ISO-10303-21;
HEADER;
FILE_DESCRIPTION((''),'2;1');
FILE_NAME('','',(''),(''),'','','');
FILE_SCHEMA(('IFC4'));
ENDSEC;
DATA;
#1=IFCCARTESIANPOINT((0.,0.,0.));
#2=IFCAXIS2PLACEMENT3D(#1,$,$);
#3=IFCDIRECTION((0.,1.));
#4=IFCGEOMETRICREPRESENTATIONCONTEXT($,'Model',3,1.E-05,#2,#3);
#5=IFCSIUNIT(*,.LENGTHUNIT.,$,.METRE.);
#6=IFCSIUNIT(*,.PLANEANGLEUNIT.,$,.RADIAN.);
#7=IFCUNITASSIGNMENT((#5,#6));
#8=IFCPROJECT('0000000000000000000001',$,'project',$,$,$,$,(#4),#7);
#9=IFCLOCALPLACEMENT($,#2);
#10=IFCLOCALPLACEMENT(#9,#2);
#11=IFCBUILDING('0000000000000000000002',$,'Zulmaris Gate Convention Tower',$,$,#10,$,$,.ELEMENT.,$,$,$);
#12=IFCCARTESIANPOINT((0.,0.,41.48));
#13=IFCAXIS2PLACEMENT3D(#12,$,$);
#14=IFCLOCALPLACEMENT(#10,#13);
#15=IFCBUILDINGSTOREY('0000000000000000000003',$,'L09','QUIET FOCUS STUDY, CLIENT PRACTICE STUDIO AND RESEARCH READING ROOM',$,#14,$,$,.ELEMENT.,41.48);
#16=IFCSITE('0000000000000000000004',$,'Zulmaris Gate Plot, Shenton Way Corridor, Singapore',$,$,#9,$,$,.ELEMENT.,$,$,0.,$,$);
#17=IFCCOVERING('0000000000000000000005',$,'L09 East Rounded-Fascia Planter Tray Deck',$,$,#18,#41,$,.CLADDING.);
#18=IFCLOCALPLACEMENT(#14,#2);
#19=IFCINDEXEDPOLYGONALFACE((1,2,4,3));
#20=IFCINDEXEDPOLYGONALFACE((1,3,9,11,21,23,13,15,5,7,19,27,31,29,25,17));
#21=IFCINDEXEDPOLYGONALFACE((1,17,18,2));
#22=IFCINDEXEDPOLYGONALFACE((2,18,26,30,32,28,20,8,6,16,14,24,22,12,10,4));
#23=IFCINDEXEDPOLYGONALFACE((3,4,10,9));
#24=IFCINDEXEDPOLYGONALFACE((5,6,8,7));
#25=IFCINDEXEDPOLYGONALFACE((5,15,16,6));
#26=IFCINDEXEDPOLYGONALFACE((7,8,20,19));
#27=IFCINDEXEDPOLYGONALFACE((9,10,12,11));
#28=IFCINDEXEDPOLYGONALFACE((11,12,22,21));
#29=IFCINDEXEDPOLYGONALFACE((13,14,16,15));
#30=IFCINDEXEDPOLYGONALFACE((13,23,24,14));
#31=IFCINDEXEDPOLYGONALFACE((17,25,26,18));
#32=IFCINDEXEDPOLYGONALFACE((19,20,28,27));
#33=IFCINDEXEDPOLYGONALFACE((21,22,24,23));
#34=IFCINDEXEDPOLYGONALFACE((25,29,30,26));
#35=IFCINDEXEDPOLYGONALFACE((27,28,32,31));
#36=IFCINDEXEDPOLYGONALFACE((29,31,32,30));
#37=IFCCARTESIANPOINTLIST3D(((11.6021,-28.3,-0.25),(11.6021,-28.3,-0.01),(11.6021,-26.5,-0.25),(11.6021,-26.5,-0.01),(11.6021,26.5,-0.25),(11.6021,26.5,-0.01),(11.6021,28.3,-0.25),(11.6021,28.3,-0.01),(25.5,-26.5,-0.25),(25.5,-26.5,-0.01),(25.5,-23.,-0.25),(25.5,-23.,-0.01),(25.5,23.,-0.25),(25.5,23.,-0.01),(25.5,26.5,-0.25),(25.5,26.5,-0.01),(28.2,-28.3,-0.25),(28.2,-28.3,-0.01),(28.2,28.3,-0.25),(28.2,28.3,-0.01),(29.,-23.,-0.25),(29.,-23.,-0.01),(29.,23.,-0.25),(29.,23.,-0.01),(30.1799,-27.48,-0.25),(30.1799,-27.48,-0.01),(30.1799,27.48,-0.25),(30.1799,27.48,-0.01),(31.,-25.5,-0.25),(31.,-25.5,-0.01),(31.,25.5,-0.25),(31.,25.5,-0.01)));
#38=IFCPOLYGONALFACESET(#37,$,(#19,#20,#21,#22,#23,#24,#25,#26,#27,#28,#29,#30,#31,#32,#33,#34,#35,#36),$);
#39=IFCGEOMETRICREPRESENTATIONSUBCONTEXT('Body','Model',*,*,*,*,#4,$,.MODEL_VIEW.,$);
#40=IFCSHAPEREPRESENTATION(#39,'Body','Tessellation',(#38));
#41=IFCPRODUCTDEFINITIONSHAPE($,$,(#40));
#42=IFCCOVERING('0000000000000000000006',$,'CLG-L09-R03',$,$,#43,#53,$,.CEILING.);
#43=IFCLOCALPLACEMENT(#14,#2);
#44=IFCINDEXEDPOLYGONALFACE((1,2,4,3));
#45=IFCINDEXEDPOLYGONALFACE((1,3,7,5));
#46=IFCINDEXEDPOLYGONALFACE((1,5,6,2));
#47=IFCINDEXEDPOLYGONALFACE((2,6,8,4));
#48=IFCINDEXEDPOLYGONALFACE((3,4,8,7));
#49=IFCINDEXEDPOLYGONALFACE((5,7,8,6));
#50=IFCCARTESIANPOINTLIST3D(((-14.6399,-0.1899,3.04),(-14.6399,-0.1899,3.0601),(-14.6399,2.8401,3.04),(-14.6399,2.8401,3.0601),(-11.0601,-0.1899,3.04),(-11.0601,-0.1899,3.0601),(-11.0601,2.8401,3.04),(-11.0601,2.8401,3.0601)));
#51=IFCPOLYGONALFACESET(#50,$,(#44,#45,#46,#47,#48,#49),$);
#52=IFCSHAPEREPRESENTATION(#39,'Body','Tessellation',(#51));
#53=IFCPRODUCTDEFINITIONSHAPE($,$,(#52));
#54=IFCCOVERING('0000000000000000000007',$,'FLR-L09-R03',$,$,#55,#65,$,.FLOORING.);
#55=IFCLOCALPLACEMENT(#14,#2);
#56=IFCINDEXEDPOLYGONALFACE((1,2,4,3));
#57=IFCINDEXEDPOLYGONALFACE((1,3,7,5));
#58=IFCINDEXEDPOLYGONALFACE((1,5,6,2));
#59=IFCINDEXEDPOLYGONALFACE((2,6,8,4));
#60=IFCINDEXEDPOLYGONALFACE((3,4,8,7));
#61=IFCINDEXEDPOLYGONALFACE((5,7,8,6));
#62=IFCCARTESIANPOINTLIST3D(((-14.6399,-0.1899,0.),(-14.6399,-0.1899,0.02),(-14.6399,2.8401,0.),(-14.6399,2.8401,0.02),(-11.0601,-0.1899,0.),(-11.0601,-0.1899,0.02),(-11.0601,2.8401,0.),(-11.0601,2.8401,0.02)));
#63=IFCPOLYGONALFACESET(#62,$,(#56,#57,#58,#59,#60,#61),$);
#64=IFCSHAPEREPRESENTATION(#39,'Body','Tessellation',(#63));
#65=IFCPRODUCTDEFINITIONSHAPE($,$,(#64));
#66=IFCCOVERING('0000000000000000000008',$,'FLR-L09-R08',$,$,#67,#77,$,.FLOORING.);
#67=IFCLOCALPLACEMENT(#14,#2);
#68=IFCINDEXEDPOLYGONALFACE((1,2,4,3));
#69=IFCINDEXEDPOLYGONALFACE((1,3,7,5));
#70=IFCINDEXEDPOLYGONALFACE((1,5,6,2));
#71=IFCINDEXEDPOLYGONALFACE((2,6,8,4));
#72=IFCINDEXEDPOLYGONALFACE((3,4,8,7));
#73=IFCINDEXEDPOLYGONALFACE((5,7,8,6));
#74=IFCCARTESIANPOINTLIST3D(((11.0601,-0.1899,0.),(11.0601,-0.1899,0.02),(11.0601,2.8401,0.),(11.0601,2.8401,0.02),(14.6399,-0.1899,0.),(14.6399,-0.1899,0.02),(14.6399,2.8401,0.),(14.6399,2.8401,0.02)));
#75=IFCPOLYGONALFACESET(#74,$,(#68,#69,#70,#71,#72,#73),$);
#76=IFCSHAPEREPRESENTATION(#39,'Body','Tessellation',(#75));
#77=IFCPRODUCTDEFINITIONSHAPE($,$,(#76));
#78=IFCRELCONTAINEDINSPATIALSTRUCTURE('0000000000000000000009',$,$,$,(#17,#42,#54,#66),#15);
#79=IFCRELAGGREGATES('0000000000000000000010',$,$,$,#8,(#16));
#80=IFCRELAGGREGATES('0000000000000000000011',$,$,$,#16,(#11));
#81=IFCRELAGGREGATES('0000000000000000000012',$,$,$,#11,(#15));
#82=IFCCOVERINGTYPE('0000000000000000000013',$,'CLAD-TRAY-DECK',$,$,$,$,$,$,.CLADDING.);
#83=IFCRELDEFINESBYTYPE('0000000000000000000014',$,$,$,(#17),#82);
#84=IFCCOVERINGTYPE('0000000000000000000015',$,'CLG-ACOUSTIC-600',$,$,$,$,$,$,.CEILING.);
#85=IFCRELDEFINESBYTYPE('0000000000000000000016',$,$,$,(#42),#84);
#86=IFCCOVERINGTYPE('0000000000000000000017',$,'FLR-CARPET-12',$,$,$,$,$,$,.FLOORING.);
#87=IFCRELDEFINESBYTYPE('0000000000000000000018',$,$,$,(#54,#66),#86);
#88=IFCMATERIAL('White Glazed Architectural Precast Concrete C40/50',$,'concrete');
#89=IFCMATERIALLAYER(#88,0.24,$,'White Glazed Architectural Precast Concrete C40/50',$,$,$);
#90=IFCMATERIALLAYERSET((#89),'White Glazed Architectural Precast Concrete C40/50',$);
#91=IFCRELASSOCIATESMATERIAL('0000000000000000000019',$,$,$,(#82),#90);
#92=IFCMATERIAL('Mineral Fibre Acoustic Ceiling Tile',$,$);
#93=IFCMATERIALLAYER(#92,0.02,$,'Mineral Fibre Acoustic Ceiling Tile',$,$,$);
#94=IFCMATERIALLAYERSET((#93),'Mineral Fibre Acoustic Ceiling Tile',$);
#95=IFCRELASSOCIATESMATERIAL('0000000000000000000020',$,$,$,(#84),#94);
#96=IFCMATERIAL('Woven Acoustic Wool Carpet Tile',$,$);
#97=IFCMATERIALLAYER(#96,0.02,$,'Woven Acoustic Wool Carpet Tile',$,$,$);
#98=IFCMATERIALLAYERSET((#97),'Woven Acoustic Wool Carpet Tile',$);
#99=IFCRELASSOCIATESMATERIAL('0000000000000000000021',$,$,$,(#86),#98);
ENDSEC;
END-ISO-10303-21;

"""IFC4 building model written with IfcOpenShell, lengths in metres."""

from ifc_helpers import new_model, si_unit, direction, frame, origin, place, context, subcontext, project, spatial, polyline, outline, extrude, material, layer, layer_set, type_object, element, save


model = new_model("IFC4")

# Units and contexts
model_context = context("Model", 3, precision=1e-05, world=origin(), true_north=direction((0.0, 1.0)))
body_context = subcontext(model_context, "Body", "Model", "MODEL_VIEW")
ifc_project = project(units=[si_unit("LENGTHUNIT", "METRE"), si_unit("PLANEANGLEUNIT", "RADIAN")], contexts=[model_context])

# Site, building, storey
site_placement = place(None, origin())
site = spatial("IfcSite", under=ifc_project, at=site_placement, Name="Zulmaris Gate Plot, Shenton Way Corridor, Singapore", CompositionType="ELEMENT", RefElevation=0.0)
building_placement = place(site_placement, origin())
building = spatial("IfcBuilding", under=site, at=building_placement, Name="Zulmaris Gate Convention Tower", CompositionType="ELEMENT")
storey_placement = place(building_placement, frame((0.0, 0.0, 41.48)))
storey = spatial("IfcBuildingStorey", under=building, at=storey_placement, Name="L09", Description="QUIET FOCUS STUDY, CLIENT PRACTICE STUDIO AND RESEARCH READING ROOM", CompositionType="ELEMENT", Elevation=41.48)

# Coverings
ifc_material_1 = material(Name="White Glazed Architectural Precast Concrete C40/50", Category="concrete")
ifc_layer_1 = layer(ifc_material_1, 0.24, Name="White Glazed Architectural Precast Concrete C40/50")
ifc_layer_set_1 = layer_set([ifc_layer_1], Name="White Glazed Architectural Precast Concrete C40/50")
covering_type_1 = type_object("IfcCoveringType", Name="CLAD-TRAY-DECK", PredefinedType="CLADDING", material=ifc_layer_set_1)
covering_1_placement = place(storey_placement, frame((0.0, 0.0, -0.25)))
element("IfcCovering", 1, at=covering_1_placement, inside=storey, type_object=covering_type_1, Name="L09 East Rounded-Fascia Planter Tray Deck", PredefinedType="CLADDING", context=body_context, shape_type="SweptSolid", body=[
    extrude(outline(polyline([(28.2, 28.3), (30.1799, 27.48), (31.0, 25.5), (31.0, -25.5), (30.1799, -27.48), (28.2, -28.3), (11.6021, -28.3), (11.6021, -26.5), (25.5, -26.5), (25.5, -23.0), (29.0, -23.0), (29.0, 23.0), (25.5, 23.0), (25.5, 26.5), (11.6021, 26.5), (11.6021, 28.3), (28.2, 28.3)])), origin(), (0.0, 0.0, 1.0), 0.24),
])
ifc_material_2 = material(Name="Mineral Fibre Acoustic Ceiling Tile")
ifc_layer_2 = layer(ifc_material_2, 0.02, Name="Mineral Fibre Acoustic Ceiling Tile")
ifc_layer_set_2 = layer_set([ifc_layer_2], Name="Mineral Fibre Acoustic Ceiling Tile")
covering_type_2 = type_object("IfcCoveringType", Name="CLG-ACOUSTIC-600", PredefinedType="CEILING", material=ifc_layer_set_2)
covering_2_placement = place(storey_placement, frame((0.0, 0.0, 3.04)))
element("IfcCovering", 2, at=covering_2_placement, inside=storey, type_object=covering_type_2, Name="CLG-L09-R03", PredefinedType="CEILING", context=body_context, shape_type="SweptSolid", body=[
    extrude(outline(polyline([(-14.6399, -0.1899), (-11.0601, -0.1899), (-11.0601, 2.8401), (-14.6399, 2.8401), (-14.6399, -0.1899)])), origin(), (0.0, 0.0, 1.0), 0.02),
])
ifc_material_3 = material(Name="Woven Acoustic Wool Carpet Tile")
ifc_layer_3 = layer(ifc_material_3, 0.02, Name="Woven Acoustic Wool Carpet Tile")
ifc_layer_set_3 = layer_set([ifc_layer_3], Name="Woven Acoustic Wool Carpet Tile")
covering_type_3 = type_object("IfcCoveringType", Name="FLR-CARPET-12", PredefinedType="FLOORING", material=ifc_layer_set_3)
covering_3_placement = place(storey_placement, origin())
element("IfcCovering", 3, at=covering_3_placement, inside=storey, type_object=covering_type_3, Name="FLR-L09-R03", PredefinedType="FLOORING", context=body_context, shape_type="SweptSolid", body=[
    extrude(outline(polyline([(-14.6399, -0.1899), (-11.0601, -0.1899), (-11.0601, 2.8401), (-14.6399, 2.8401), (-14.6399, -0.1899)])), origin(), (0.0, 0.0, 1.0), 0.02),
])
covering_4_placement = place(storey_placement, origin())
element("IfcCovering", 4, at=covering_4_placement, inside=storey, type_object=covering_type_3, Name="FLR-L09-R08", PredefinedType="FLOORING", context=body_context, shape_type="SweptSolid", body=[
    extrude(outline(polyline([(11.0601, -0.1899), (14.6399, -0.1899), (14.6399, 2.8401), (11.0601, 2.8401), (11.0601, -0.1899)])), origin(), (0.0, 0.0, 1.0), 0.02),
])

save(model, "model.ifc")
